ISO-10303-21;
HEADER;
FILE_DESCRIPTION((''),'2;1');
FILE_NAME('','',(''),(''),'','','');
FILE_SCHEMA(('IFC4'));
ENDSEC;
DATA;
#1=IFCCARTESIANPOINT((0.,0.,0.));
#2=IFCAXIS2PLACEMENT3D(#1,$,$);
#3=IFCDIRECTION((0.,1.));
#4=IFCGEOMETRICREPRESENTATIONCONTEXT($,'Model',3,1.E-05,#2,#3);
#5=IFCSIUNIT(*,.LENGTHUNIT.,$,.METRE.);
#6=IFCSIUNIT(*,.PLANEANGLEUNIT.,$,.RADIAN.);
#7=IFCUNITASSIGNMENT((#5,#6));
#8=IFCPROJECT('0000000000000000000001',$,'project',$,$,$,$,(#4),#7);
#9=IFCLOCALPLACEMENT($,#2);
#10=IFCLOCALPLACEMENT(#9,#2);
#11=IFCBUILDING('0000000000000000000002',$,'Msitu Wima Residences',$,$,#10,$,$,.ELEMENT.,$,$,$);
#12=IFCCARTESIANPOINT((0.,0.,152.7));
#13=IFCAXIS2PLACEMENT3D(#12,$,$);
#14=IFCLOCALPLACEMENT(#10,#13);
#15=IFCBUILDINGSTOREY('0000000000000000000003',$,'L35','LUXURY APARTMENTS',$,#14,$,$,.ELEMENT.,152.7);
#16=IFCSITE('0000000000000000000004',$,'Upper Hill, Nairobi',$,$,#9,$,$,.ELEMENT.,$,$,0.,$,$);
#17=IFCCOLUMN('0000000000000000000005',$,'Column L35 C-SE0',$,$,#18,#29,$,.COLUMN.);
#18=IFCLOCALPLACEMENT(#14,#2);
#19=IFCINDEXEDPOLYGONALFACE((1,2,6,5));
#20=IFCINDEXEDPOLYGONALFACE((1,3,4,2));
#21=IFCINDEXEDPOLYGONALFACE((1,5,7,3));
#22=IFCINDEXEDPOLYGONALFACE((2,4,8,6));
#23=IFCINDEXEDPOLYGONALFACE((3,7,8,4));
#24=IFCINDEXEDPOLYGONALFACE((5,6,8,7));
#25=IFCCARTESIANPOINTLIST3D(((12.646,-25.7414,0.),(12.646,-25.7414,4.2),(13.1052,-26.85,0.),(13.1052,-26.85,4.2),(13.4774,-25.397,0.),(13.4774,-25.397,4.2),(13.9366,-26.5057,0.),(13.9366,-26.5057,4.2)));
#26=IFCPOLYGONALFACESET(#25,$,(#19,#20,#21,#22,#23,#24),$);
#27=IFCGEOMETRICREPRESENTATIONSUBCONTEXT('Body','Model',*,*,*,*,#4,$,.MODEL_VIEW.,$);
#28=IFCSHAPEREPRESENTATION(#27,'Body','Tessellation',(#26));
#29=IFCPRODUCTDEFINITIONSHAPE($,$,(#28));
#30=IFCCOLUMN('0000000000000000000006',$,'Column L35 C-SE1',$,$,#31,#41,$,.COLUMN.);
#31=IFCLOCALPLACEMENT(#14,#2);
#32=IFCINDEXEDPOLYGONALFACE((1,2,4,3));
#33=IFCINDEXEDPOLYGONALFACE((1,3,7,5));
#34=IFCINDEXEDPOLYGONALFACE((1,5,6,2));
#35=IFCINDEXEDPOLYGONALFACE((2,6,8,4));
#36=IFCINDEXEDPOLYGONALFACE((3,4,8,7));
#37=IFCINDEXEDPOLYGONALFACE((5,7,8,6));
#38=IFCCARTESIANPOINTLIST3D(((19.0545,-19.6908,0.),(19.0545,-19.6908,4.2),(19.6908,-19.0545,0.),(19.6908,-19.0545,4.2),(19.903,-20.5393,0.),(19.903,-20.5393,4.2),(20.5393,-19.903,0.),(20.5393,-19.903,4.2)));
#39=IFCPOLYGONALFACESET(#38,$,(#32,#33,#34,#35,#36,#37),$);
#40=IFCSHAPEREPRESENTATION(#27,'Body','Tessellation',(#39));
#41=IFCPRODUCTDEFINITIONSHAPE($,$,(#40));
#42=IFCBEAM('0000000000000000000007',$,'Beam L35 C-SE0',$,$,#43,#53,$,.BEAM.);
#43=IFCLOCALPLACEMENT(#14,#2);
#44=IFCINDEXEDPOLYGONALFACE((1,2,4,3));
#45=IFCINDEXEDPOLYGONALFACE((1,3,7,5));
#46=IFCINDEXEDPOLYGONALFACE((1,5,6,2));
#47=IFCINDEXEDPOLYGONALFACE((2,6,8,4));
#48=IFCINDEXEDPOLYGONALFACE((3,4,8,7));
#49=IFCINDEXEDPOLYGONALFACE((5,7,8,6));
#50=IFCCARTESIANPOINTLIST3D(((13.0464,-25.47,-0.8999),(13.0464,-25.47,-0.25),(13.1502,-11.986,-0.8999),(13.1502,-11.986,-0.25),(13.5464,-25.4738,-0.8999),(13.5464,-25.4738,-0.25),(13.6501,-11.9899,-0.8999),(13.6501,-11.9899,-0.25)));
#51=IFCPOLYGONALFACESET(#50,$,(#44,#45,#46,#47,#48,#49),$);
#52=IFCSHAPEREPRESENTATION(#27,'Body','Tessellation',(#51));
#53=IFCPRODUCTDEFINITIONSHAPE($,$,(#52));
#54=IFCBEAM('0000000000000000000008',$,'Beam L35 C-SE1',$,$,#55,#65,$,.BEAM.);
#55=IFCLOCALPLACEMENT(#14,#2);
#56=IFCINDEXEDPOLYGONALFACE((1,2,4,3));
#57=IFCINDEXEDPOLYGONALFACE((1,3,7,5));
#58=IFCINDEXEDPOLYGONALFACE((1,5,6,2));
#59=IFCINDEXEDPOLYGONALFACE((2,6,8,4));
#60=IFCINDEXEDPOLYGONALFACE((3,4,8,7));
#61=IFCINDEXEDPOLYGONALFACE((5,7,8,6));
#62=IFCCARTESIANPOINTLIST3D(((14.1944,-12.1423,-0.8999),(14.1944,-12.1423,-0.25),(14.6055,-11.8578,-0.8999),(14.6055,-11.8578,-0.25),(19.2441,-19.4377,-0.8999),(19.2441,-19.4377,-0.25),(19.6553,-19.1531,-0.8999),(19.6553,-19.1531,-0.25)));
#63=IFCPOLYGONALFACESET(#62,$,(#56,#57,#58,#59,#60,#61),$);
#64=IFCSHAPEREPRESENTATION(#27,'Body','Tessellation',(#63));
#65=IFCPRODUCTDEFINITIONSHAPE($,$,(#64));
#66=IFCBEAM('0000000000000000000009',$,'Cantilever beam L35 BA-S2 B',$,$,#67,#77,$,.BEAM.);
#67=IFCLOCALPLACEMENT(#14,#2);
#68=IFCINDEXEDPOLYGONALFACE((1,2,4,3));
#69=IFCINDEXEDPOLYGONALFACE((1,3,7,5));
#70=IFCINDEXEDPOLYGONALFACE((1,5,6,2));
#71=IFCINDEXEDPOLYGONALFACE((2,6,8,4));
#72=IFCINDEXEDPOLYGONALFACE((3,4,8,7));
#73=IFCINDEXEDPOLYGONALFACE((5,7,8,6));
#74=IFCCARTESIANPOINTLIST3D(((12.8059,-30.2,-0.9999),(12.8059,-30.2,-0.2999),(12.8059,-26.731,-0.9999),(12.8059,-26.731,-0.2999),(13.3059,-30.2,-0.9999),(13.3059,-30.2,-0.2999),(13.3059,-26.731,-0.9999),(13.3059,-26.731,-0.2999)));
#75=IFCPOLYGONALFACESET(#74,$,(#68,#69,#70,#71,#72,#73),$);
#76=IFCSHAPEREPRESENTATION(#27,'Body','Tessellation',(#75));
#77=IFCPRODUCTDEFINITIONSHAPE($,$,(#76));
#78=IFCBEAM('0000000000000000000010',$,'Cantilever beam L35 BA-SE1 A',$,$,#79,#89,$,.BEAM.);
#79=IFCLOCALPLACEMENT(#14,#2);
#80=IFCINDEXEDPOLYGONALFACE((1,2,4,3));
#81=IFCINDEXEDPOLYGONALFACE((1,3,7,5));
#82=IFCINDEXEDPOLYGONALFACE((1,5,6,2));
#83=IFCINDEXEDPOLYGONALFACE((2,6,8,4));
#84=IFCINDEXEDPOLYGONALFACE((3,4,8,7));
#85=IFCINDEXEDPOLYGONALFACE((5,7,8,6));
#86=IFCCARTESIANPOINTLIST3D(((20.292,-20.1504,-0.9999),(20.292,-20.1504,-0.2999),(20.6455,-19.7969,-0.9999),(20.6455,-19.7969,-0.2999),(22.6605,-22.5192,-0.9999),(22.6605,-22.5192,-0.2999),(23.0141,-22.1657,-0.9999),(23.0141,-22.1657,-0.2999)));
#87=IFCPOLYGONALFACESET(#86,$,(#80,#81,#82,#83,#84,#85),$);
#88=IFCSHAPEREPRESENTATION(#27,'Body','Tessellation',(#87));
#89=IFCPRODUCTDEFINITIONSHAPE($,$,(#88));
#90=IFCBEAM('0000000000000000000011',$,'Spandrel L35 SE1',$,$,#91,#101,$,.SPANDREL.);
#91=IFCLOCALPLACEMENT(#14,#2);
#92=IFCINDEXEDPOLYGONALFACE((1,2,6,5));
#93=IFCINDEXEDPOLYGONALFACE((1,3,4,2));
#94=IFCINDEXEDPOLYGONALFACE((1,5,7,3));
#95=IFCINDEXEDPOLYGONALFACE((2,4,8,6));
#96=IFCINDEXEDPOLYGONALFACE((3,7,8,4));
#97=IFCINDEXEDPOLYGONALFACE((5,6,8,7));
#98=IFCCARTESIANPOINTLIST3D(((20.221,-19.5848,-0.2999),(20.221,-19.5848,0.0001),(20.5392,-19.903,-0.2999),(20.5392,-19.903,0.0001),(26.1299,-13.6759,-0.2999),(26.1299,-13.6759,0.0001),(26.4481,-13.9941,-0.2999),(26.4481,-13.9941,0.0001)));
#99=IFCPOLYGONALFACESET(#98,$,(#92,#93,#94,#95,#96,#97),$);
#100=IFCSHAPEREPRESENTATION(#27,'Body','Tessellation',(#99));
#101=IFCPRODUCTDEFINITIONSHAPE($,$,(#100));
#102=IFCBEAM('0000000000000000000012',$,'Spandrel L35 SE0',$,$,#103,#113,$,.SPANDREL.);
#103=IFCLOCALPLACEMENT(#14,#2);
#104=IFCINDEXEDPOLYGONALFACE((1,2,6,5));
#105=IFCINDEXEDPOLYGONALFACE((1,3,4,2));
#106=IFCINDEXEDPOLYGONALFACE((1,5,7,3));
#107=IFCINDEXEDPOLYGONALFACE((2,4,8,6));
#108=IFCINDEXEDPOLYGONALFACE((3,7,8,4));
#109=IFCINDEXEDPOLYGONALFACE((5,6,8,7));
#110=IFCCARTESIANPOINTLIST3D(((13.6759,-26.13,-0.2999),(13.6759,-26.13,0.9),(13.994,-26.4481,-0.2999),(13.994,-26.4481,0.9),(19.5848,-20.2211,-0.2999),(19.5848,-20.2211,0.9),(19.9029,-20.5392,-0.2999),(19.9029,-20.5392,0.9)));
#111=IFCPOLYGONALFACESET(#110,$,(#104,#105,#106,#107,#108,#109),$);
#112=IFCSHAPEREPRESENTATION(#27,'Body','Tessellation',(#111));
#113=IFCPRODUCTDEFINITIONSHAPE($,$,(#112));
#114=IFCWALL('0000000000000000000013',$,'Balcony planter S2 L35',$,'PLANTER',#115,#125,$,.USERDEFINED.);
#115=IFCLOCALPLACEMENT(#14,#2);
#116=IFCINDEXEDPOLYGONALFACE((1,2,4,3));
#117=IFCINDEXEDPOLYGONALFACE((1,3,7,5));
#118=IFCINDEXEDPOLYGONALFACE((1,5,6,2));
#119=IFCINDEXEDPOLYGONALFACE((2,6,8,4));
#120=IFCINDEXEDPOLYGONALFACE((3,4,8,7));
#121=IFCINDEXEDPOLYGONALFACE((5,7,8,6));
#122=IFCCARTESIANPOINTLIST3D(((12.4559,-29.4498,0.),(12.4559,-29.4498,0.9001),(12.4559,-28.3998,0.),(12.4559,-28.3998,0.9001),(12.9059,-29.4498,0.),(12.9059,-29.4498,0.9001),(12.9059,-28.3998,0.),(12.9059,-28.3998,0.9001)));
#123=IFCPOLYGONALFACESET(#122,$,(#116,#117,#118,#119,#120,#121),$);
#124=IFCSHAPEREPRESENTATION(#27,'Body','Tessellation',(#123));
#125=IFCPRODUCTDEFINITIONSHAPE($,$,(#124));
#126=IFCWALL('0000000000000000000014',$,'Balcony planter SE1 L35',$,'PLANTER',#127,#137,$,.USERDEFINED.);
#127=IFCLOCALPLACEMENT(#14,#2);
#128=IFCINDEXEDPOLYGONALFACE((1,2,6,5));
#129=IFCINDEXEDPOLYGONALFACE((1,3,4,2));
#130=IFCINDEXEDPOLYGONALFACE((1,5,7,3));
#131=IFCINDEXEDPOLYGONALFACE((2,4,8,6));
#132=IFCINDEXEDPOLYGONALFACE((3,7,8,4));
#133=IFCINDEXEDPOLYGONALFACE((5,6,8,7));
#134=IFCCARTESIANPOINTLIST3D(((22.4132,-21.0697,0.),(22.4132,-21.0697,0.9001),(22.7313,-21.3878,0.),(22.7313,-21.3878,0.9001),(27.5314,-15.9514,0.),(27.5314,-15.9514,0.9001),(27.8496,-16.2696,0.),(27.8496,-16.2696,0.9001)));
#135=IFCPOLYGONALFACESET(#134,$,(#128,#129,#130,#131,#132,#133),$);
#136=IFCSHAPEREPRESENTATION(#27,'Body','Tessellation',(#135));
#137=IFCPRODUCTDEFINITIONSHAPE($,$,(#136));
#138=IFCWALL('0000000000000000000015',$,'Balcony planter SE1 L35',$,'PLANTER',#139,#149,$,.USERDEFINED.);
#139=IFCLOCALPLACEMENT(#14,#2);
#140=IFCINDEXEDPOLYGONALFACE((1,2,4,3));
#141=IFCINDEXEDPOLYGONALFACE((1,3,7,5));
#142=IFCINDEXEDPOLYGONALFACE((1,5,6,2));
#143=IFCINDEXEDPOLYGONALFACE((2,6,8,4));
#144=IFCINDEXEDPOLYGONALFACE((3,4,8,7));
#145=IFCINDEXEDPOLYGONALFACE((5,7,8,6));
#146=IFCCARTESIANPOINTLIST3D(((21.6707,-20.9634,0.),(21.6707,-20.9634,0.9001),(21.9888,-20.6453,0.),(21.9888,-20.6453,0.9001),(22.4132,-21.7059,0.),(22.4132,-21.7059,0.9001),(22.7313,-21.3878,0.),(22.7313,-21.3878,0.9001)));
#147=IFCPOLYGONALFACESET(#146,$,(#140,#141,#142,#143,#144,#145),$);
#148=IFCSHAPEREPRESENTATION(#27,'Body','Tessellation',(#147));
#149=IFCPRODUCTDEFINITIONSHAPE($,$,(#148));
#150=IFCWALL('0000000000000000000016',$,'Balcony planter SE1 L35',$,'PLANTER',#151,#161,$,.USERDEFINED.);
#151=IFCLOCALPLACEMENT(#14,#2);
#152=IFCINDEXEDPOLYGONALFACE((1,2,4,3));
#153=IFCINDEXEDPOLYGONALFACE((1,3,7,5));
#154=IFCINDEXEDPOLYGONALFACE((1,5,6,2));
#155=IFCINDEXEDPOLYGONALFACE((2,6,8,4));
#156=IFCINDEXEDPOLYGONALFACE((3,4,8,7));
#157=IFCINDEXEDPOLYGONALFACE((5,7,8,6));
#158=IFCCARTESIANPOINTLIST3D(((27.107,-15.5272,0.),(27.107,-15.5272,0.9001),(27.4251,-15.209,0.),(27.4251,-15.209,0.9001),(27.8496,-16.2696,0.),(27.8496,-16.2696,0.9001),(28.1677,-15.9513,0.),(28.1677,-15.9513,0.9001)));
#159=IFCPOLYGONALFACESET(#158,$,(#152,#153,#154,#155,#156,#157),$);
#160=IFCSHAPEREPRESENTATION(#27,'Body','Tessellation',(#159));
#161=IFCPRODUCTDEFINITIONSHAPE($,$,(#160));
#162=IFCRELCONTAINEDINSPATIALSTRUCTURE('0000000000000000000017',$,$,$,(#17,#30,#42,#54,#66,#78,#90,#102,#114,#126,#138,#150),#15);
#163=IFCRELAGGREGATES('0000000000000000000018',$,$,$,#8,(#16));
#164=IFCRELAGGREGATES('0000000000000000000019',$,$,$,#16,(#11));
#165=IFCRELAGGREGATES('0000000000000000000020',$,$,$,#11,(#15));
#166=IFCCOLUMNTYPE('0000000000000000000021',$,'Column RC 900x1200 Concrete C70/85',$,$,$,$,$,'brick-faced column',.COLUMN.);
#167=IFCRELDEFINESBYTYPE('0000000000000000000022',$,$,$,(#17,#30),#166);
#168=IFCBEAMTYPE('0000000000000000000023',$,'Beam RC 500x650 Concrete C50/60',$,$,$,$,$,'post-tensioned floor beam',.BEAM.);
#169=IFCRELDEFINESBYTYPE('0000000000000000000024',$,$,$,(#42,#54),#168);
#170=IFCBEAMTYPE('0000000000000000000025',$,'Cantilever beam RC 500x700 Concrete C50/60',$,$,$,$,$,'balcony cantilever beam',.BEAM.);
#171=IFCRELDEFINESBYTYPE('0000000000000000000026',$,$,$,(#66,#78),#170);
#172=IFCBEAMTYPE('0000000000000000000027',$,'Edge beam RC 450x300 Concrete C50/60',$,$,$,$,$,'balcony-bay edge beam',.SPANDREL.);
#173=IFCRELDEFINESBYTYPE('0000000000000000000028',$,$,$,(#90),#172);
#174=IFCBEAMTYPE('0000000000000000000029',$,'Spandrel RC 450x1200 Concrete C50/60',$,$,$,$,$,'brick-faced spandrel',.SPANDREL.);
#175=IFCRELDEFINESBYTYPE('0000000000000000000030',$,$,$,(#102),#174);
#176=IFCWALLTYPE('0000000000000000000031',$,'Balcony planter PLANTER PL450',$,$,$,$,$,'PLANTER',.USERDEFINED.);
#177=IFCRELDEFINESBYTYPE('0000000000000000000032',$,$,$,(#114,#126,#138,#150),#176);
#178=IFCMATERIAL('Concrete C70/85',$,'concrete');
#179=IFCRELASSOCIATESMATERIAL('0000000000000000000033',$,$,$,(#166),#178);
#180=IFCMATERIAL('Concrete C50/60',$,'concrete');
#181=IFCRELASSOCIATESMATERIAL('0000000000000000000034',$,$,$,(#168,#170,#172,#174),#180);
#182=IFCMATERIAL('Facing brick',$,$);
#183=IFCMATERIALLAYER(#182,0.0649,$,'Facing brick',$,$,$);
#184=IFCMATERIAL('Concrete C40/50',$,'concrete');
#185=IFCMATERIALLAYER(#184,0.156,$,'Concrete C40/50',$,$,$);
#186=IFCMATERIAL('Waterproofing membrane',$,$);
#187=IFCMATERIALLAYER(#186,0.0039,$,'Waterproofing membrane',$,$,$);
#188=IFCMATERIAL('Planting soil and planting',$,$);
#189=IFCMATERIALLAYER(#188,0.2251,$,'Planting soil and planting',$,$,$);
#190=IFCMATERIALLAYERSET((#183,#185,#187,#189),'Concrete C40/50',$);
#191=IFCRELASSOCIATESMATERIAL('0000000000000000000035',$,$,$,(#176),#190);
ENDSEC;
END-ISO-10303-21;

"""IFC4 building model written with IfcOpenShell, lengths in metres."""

from ifc_helpers import new_model, si_unit, direction, frame, frame_2d, origin, origin_2d, place, context, subcontext, project, spatial, rectangle, extrude, material, layer, layer_set, material_profile, profile_set, type_object, element, save


model = new_model("IFC4")

# Units and contexts
model_context = context("Model", 3, precision=1e-05, world=origin(), true_north=direction((0.0, 1.0)))
body_context = subcontext(model_context, "Body", "Model", "MODEL_VIEW")
ifc_project = project(units=[si_unit("LENGTHUNIT", "METRE"), si_unit("PLANEANGLEUNIT", "RADIAN")], contexts=[model_context])

# Site, building, storey
site_placement = place(None, origin())
site = spatial("IfcSite", under=ifc_project, at=site_placement, Name="Upper Hill, Nairobi", CompositionType="ELEMENT", RefElevation=0.0)
building_placement = place(site_placement, origin())
building = spatial("IfcBuilding", under=site, at=building_placement, Name="Msitu Wima Residences", CompositionType="ELEMENT")
storey_placement = place(building_placement, frame((0.0, 0.0, 152.7)))
storey = spatial("IfcBuildingStorey", under=building, at=storey_placement, Name="L35", Description="LUXURY APARTMENTS", CompositionType="ELEMENT", Elevation=152.7)

# Columns
ifc_material_1 = material(Name="Concrete C70/85", Category="concrete")
ifc_material_profile_1 = material_profile(ifc_material_1, rectangle(XDim=0.8999, YDim=1.2, at=origin_2d()), Name="RC 900x1200")
ifc_profile_set_1 = profile_set([ifc_material_profile_1], Name="Concrete C70/85")
column_type = type_object("IfcColumnType", Name="Column RC 900x1200 Concrete C70/85", ElementType="brick-faced column", PredefinedType="COLUMN", material=ifc_profile_set_1)
for number, where, z_axis, x_axis, name in (
    (1, (13.2913, -26.1235, 0.0), (0.0, 0.0, 1.0), (0.92388, 0.382683, 0.0), "Column L35 C-SE0"),
    (2, (19.7969, -19.7969, 0.0), (0.0, 0.0, 1.0), (0.707107, 0.707107, 0.0), "Column L35 C-SE1"),
):
    element("IfcColumn", number, at=place(storey_placement, frame(where, z_axis=z_axis, x_axis=x_axis)), inside=storey, type_object=column_type, Name=name, PredefinedType="COLUMN", context=body_context, shape_type="SweptSolid", body=[
        extrude(rectangle(XDim=0.8999, YDim=1.2, at=origin_2d()), origin(), (0.0, 0.0, 1.0), 4.2),
    ])

# Beams
ifc_material_2 = material(Name="Concrete C50/60", Category="concrete")
ifc_material_profile_2 = material_profile(ifc_material_2, rectangle(XDim=0.5, YDim=0.6499, at=origin_2d()), Name="RC 500x650")
ifc_profile_set_2 = profile_set([ifc_material_profile_2], Name="Concrete C50/60")
beam_type_1 = type_object("IfcBeamType", Name="Beam RC 500x650 Concrete C50/60", ElementType="post-tensioned floor beam", PredefinedType="BEAM", material=ifc_profile_set_2)
beam_1_placement = place(storey_placement, frame((13.2964, -25.4719, -0.575), z_axis=(0.007695, 0.99997, 0.0), x_axis=(-0.99997, 0.007695, 0.0)))
element("IfcBeam", 3, at=beam_1_placement, inside=storey, type_object=beam_type_1, Name="Beam L35 C-SE0", PredefinedType="BEAM", context=body_context, shape_type="SweptSolid", body=[
    extrude(rectangle(XDim=0.5, YDim=0.6499, at=origin_2d()), origin(), (0.0, 0.0, 1.0), 13.4844),
])
beam_2_placement = place(storey_placement, frame((19.4497, -19.2954, -0.575), z_axis=(-0.569144, 0.822238, 0.0), x_axis=(-0.822238, -0.569144, 0.0)))
element("IfcBeam", 4, at=beam_2_placement, inside=storey, type_object=beam_type_1, Name="Beam L35 C-SE1", PredefinedType="BEAM", context=body_context, shape_type="SweptSolid", body=[
    extrude(rectangle(XDim=0.5, YDim=0.6499, at=origin_2d()), origin(), (0.0, 0.0, 1.0), 8.8726),
])
ifc_material_profile_3 = material_profile(ifc_material_2, rectangle(XDim=0.5, YDim=0.7, at=origin_2d()), Name="RC 500x700")
ifc_profile_set_3 = profile_set([ifc_material_profile_3], Name="Concrete C50/60")
beam_type_2 = type_object("IfcBeamType", Name="Cantilever beam RC 500x700 Concrete C50/60", ElementType="balcony cantilever beam", PredefinedType="BEAM", material=ifc_profile_set_3)
beam_3_placement = place(storey_placement, frame((13.0559, -26.731, -0.6499), z_axis=(0.0, -1.0, 0.0), x_axis=(1.0, 0.0, 0.0)))
element("IfcBeam", 5, at=beam_3_placement, inside=storey, type_object=beam_type_2, Name="Cantilever beam L35 BA-S2 B", PredefinedType="BEAM", context=body_context, shape_type="SweptSolid", body=[
    extrude(rectangle(XDim=0.5, YDim=0.7, at=origin_2d()), origin(), (0.0, 0.0, 1.0), 3.469),
])
beam_4_placement = place(storey_placement, frame((20.4688, -19.9736, -0.6499), z_axis=(0.70707, -0.707143, 0.0), x_axis=(0.707143, 0.70707, 0.0)))
element("IfcBeam", 6, at=beam_4_placement, inside=storey, type_object=beam_type_2, Name="Cantilever beam L35 BA-SE1 A", PredefinedType="BEAM", context=body_context, shape_type="SweptSolid", body=[
    extrude(rectangle(XDim=0.5, YDim=0.7, at=origin_2d()), origin(), (0.0, 0.0, 1.0), 3.3499),
])
ifc_material_profile_4 = material_profile(ifc_material_2, rectangle(XDim=0.45, YDim=0.3, at=origin_2d()), Name="RC 450x300")
ifc_profile_set_4 = profile_set([ifc_material_profile_4], Name="Concrete C50/60")
beam_type_3 = type_object("IfcBeamType", Name="Edge beam RC 450x300 Concrete C50/60", ElementType="balcony-bay edge beam", PredefinedType="SPANDREL", material=ifc_profile_set_4)
beam_5_placement = place(storey_placement, frame((20.3801, -19.7439, -0.1499), z_axis=(0.707107, 0.707107, 0.0), x_axis=(-0.707107, 0.707107, 0.0)))
element("IfcBeam", 7, at=beam_5_placement, inside=storey, type_object=beam_type_3, Name="Spandrel L35 SE1", PredefinedType="SPANDREL", context=body_context, shape_type="SweptSolid", body=[
    extrude(rectangle(XDim=0.45, YDim=0.3, at=origin_2d()), origin(), (0.0, 0.0, 1.0), 8.3564),
])
ifc_material_profile_5 = material_profile(ifc_material_2, rectangle(XDim=0.45, YDim=1.2, at=origin_2d()), Name="RC 450x1200")
ifc_profile_set_5 = profile_set([ifc_material_profile_5], Name="Concrete C50/60")
beam_type_4 = type_object("IfcBeamType", Name="Spandrel RC 450x1200 Concrete C50/60", ElementType="brick-faced spandrel", PredefinedType="SPANDREL", material=ifc_profile_set_5)
beam_6_placement = place(storey_placement, frame((13.835, -26.2891, 0.3), z_axis=(0.707107, 0.707107, 0.0), x_axis=(-0.707107, 0.707107, 0.0)))
element("IfcBeam", 8, at=beam_6_placement, inside=storey, type_object=beam_type_4, Name="Spandrel L35 SE0", PredefinedType="SPANDREL", context=body_context, shape_type="SweptSolid", body=[
    extrude(rectangle(XDim=0.45, YDim=1.2, at=origin_2d()), origin(), (0.0, 0.0, 1.0), 8.3564),
])

# Walls
ifc_material_3 = material(Name="Facing brick")
ifc_layer_1 = layer(ifc_material_3, 0.0649, Name="Facing brick")
ifc_material_4 = material(Name="Concrete C40/50", Category="concrete")
ifc_layer_2 = layer(ifc_material_4, 0.156, Name="Concrete C40/50")
ifc_material_5 = material(Name="Waterproofing membrane")
ifc_layer_3 = layer(ifc_material_5, 0.0039, Name="Waterproofing membrane")
ifc_material_6 = material(Name="Planting soil and planting")
ifc_layer_4 = layer(ifc_material_6, 0.2251, Name="Planting soil and planting")
ifc_layer_set_1 = layer_set([ifc_layer_1, ifc_layer_2, ifc_layer_3, ifc_layer_4], Name="Concrete C40/50")
wall_type_1 = type_object("IfcWallType", Name="Balcony planter PLANTER PL450", ElementType="PLANTER", PredefinedType="USERDEFINED", material=ifc_layer_set_1)
wall_1_placement = place(storey_placement, frame((12.6809, -28.3999, 0.0), z_axis=(0.0, 0.0, 1.0), x_axis=(0.0, -1.0, 0.0)))
element("IfcWall", 9, at=wall_1_placement, inside=storey, type_object=wall_type_1, Name="Balcony planter S2 L35", ObjectType="PLANTER", PredefinedType="USERDEFINED", context=body_context, shape_type="SweptSolid", body=[
    extrude(rectangle(XDim=1.05, YDim=0.45, at=frame_2d((0.5249, 0.0))), origin(), (0.0, 0.0, 1.0), 0.9001),
])
wall_2_placement = place(storey_placement, frame((22.5723, -21.2288, 0.0), z_axis=(0.0, 0.0, 1.0), x_axis=(0.707107, 0.707107, 0.0)))
element("IfcWall", 10, at=wall_2_placement, inside=storey, type_object=wall_type_1, Name="Balcony planter SE1 L35", ObjectType="PLANTER", PredefinedType="USERDEFINED", context=body_context, shape_type="SweptSolid", body=[
    extrude(rectangle(XDim=7.2383, YDim=0.45, at=frame_2d((3.6191, 0.0))), origin(), (0.0, 0.0, 1.0), 0.9001),
])
for number, where, z_axis, x_axis, name in (
    (11, (21.8298, -20.8044, 0.0), (0.0, 0.0, 1.0), (0.707107, -0.707107, 0.0), "Balcony planter SE1 L35"),
    (12, (27.2661, -15.3682, 0.0), (0.0, 0.0, 1.0), (0.707223, -0.706991, 0.0), "Balcony planter SE1 L35"),
):
    element("IfcWall", number, at=place(storey_placement, frame(where, z_axis=z_axis, x_axis=x_axis)), inside=storey, type_object=wall_type_1, Name=name, ObjectType="PLANTER", PredefinedType="USERDEFINED", context=body_context, shape_type="SweptSolid", body=[
        extrude(rectangle(XDim=1.05, YDim=0.45, at=frame_2d((0.5249, 0.0))), origin(), (0.0, 0.0, 1.0), 0.9001),
    ])

save(model, "model.ifc")
